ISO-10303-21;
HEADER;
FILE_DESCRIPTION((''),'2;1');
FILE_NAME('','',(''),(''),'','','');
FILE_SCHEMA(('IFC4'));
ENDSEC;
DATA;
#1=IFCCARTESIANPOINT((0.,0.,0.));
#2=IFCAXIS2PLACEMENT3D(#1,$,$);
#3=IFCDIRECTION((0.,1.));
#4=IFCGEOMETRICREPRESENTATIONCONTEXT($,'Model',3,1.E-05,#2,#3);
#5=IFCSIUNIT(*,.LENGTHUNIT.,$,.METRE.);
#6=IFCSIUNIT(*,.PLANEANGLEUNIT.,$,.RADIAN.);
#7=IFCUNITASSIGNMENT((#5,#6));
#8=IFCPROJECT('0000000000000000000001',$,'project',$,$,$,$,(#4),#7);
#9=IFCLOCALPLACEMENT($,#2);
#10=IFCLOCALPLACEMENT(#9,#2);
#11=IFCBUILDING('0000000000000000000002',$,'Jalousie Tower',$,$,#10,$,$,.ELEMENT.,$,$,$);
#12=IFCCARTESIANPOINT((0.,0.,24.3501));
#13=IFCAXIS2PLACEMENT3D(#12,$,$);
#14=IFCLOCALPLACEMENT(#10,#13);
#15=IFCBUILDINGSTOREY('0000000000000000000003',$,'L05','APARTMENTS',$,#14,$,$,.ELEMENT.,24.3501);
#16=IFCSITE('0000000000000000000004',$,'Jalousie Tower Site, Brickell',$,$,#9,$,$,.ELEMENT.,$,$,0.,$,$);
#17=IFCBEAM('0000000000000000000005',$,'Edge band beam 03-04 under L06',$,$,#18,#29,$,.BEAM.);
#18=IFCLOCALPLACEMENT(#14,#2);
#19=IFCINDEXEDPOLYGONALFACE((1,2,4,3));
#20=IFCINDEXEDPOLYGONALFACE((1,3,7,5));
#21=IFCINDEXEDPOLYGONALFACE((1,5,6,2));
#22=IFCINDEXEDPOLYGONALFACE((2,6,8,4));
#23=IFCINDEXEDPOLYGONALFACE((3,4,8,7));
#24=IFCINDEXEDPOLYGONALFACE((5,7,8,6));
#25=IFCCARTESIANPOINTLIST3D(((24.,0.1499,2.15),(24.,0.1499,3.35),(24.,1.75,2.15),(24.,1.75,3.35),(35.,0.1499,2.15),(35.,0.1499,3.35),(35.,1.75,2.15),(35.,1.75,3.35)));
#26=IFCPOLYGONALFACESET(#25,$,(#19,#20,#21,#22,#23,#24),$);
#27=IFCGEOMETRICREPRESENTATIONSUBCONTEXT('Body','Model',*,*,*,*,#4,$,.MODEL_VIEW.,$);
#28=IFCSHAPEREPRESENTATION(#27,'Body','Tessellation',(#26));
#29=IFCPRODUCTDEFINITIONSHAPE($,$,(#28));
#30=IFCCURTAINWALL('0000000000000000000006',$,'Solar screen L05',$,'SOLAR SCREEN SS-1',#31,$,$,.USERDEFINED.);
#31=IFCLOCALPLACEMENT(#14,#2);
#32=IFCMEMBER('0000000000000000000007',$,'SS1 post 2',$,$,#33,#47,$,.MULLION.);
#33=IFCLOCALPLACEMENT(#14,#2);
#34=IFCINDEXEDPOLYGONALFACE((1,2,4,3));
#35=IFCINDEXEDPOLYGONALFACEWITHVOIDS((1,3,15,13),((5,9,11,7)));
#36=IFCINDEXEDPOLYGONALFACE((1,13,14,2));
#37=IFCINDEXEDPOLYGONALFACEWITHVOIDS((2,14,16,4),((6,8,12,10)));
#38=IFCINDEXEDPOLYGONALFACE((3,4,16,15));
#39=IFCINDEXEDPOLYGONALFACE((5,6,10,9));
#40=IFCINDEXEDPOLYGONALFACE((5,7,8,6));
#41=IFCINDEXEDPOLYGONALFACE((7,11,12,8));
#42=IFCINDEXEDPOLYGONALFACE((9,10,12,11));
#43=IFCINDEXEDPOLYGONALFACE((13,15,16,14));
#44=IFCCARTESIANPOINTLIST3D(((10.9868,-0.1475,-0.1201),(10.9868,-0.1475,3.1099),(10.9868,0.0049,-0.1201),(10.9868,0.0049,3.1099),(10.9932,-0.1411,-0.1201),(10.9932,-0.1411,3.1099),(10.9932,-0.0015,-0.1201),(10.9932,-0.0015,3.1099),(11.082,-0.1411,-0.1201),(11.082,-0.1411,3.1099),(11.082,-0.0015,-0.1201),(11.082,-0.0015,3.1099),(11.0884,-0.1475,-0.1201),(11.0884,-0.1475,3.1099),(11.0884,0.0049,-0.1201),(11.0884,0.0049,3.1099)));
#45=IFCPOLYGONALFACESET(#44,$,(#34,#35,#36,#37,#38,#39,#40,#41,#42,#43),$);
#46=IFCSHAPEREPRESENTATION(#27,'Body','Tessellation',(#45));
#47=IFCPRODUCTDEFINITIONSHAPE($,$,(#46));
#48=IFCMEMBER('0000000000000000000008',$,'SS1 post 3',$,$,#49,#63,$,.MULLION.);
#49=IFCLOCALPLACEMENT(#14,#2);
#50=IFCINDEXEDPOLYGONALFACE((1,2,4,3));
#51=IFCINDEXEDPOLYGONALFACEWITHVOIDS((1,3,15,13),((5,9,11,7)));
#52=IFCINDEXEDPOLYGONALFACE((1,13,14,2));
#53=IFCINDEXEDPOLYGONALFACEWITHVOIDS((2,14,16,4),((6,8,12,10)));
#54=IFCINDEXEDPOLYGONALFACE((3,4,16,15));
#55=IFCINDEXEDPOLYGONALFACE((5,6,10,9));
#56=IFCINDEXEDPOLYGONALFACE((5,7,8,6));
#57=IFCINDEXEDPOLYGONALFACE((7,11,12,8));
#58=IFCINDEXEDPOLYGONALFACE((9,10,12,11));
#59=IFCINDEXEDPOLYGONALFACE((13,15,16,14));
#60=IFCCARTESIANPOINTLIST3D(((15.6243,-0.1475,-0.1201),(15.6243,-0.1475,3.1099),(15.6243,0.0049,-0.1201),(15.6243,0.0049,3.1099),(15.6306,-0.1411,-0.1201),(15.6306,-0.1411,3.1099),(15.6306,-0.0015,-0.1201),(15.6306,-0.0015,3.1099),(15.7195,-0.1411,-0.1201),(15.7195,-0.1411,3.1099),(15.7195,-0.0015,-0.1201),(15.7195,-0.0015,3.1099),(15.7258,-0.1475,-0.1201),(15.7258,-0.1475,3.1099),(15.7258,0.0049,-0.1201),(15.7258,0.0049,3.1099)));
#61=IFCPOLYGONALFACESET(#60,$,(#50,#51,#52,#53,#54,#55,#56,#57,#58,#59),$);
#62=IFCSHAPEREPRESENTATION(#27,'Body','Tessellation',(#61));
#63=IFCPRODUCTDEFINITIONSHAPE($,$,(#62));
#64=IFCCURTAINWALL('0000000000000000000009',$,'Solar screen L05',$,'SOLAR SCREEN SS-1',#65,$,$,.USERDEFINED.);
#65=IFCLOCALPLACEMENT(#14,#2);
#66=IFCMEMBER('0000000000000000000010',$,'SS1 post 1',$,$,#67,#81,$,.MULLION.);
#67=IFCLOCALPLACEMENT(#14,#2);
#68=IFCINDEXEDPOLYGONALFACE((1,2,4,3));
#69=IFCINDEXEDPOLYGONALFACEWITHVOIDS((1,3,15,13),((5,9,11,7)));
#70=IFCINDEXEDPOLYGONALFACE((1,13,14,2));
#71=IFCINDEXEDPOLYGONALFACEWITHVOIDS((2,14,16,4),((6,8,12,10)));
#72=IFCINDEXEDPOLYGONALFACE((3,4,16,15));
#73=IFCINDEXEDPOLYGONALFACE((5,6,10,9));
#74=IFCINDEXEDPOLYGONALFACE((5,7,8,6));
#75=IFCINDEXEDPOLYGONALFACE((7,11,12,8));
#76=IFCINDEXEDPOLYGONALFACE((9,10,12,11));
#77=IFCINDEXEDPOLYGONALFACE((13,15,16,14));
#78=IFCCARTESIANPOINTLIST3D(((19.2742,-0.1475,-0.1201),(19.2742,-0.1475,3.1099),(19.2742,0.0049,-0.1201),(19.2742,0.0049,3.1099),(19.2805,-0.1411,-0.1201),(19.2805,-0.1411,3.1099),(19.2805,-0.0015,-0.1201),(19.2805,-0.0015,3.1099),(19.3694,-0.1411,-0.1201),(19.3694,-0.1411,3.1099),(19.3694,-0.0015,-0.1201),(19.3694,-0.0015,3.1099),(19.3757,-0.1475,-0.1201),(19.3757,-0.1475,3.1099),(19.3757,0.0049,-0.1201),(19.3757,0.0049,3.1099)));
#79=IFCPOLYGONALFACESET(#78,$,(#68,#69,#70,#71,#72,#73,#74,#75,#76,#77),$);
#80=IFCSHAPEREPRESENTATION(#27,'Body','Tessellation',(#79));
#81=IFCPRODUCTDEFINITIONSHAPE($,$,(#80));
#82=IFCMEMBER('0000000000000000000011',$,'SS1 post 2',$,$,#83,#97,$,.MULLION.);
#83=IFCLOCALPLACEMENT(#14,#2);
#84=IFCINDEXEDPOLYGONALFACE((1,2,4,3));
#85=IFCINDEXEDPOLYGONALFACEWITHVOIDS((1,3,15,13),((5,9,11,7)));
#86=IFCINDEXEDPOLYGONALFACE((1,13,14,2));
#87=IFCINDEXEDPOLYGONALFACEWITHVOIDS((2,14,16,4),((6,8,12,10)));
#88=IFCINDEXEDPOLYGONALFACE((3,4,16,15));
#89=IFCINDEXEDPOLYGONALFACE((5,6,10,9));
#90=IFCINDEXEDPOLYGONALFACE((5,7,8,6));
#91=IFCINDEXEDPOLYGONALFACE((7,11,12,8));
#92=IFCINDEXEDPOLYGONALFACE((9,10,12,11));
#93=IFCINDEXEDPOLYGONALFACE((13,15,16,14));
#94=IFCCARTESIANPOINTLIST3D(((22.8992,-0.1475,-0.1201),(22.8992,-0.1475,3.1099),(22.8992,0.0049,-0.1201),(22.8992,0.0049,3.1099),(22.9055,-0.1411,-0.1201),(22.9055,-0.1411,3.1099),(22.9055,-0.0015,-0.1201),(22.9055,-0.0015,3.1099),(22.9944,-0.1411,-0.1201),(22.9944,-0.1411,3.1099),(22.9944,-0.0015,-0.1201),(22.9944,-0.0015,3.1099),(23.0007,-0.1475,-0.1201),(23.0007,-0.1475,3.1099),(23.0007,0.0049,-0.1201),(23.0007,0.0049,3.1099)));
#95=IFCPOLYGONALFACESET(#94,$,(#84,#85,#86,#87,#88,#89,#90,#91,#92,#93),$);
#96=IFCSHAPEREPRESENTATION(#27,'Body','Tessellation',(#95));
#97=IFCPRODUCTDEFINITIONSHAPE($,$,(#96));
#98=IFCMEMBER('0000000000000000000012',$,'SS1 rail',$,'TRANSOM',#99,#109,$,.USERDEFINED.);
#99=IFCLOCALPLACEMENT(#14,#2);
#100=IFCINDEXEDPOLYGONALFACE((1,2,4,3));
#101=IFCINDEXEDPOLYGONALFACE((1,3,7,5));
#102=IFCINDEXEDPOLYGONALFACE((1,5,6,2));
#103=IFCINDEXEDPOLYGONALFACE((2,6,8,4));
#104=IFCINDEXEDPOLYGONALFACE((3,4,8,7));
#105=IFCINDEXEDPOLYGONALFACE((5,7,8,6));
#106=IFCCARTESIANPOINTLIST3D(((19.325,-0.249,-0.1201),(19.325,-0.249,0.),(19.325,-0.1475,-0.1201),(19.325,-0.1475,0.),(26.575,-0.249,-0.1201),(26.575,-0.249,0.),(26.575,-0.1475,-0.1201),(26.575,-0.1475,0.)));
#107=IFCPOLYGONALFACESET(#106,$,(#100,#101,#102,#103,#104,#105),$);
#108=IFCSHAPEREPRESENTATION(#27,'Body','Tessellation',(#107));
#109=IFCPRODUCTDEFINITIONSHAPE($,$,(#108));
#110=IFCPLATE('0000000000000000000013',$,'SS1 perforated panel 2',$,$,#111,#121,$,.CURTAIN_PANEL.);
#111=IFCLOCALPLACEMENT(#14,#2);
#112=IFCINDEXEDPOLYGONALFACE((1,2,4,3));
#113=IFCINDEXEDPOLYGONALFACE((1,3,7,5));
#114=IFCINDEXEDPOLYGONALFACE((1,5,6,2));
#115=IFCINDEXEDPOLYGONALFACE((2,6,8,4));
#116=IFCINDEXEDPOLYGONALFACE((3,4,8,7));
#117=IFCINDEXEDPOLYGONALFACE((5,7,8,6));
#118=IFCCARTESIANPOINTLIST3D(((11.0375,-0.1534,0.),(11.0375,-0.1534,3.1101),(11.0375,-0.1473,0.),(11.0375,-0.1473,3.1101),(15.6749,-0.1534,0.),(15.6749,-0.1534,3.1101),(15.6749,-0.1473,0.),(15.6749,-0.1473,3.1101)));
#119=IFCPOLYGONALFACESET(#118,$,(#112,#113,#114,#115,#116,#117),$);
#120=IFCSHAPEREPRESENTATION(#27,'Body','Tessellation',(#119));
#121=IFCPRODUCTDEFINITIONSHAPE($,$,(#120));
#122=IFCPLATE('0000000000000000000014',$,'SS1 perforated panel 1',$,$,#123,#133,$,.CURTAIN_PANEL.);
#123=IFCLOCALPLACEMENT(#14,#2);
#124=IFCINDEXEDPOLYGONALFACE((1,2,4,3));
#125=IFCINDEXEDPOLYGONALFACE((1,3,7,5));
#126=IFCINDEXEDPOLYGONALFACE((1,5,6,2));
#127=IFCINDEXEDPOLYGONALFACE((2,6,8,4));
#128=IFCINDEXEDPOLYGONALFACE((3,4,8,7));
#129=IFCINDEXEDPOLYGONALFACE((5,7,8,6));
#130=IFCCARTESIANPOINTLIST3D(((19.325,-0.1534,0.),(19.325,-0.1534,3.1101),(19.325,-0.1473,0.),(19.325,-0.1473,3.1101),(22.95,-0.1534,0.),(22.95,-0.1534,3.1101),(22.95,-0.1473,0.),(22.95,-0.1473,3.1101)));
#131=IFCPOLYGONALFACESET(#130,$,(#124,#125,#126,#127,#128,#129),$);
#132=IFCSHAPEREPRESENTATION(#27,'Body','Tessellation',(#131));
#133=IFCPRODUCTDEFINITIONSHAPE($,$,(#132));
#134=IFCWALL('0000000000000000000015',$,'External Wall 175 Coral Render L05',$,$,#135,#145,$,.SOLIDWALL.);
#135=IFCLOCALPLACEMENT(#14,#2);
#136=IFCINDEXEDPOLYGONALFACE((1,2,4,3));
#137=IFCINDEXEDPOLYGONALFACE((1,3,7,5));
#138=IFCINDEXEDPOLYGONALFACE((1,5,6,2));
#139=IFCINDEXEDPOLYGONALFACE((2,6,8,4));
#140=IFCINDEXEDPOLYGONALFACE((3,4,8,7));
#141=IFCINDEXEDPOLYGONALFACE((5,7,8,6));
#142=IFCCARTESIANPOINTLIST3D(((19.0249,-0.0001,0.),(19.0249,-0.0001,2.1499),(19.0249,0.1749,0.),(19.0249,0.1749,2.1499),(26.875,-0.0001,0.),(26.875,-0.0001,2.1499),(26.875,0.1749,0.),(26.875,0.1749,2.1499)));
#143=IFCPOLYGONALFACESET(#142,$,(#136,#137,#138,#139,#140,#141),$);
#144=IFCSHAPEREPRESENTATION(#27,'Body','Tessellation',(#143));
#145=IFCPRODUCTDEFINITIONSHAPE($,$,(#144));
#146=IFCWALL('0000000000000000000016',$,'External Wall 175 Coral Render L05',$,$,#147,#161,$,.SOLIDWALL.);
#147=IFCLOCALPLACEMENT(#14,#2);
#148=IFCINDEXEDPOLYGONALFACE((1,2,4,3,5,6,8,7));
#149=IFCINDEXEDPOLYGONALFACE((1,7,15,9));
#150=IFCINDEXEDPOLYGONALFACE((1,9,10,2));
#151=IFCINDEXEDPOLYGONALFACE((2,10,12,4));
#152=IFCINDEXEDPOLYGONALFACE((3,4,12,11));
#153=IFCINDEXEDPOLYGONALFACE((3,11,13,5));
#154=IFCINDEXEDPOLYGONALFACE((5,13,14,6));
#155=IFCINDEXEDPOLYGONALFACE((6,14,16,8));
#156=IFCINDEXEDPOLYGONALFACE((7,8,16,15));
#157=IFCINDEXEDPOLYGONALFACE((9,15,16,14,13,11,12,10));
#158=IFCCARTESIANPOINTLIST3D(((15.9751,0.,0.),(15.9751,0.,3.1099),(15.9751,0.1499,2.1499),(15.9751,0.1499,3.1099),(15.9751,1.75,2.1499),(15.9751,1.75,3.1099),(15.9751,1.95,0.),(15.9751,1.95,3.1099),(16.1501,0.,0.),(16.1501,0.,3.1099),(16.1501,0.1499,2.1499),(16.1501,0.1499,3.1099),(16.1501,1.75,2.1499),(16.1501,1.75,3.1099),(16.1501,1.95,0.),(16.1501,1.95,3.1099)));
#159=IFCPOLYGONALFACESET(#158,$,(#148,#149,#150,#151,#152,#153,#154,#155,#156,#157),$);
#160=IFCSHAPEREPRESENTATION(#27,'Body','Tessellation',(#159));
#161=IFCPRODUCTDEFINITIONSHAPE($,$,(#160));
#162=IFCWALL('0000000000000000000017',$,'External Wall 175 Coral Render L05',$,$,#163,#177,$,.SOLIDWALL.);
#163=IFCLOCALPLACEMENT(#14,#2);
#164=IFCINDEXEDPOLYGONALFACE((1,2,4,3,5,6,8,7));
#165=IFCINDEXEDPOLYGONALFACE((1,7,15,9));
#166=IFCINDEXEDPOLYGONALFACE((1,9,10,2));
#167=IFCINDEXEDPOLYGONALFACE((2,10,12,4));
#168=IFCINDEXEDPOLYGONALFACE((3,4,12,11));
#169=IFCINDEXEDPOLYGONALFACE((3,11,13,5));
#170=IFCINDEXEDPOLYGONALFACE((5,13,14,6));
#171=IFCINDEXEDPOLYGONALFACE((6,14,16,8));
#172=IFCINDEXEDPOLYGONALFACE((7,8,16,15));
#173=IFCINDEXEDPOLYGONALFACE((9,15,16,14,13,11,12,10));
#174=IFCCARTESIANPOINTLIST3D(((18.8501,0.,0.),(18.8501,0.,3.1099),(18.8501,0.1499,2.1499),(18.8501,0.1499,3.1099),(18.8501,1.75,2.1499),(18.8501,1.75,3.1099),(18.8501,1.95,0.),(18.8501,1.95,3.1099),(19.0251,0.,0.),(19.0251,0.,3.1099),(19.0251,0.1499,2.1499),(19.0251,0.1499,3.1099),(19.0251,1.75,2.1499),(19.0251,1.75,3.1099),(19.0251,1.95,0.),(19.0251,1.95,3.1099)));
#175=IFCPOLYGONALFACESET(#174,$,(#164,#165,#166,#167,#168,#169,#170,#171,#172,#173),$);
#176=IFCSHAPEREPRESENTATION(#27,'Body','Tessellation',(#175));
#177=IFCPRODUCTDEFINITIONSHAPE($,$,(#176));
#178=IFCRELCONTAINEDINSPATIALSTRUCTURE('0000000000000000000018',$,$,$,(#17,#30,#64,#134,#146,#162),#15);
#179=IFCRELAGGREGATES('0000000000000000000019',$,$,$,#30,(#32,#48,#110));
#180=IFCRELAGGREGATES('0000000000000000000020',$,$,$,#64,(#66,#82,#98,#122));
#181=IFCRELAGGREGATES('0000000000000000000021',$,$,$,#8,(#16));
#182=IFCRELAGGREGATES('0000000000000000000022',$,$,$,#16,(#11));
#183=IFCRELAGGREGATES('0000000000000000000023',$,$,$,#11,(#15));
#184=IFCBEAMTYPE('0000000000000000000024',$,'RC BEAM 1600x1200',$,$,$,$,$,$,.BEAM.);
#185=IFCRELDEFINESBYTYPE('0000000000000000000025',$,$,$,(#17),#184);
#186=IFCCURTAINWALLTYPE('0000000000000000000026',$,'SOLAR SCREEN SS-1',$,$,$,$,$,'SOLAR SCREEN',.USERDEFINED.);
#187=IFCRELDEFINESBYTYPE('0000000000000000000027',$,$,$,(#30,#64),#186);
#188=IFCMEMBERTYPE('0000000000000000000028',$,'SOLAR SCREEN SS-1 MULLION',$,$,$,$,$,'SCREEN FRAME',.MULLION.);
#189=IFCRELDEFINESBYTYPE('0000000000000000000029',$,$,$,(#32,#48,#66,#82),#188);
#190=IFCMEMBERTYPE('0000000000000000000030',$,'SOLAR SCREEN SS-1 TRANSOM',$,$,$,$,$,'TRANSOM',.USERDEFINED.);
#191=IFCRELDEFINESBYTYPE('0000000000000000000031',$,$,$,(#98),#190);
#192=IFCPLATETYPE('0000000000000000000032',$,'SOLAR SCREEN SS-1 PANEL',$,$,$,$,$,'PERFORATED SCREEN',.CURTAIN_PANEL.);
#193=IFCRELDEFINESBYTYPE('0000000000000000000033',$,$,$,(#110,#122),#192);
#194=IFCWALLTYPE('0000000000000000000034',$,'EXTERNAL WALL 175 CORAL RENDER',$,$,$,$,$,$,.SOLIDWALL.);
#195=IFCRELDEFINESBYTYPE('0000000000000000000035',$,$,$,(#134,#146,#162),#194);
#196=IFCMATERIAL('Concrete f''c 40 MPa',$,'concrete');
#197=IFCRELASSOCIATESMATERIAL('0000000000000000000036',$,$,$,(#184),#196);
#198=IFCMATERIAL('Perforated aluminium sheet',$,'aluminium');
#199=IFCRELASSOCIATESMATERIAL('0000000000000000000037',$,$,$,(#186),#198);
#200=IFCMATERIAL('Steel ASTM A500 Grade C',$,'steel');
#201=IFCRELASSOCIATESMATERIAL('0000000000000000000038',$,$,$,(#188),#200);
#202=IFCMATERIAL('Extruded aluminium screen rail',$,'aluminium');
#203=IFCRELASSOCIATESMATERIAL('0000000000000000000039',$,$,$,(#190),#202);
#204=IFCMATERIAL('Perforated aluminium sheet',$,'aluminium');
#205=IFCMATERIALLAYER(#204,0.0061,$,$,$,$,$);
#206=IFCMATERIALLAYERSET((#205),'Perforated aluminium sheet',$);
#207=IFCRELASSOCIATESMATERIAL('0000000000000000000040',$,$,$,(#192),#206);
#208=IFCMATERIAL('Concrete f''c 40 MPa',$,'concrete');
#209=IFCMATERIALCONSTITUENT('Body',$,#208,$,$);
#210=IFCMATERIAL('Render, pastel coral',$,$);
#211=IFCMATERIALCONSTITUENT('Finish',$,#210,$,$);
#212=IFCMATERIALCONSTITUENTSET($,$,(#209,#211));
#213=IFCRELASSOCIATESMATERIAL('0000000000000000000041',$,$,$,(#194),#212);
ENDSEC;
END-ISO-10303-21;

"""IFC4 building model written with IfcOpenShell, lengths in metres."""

from ifc_helpers import new_model, si_unit, direction, frame, frame_2d, origin, origin_2d, place, context, subcontext, project, spatial, polyline, rectangle, hollow_rectangle, outline, extrude, material, layer, layer_set, constituent, constituent_set, material_profile, profile_set, type_object, element, aggregate, save


model = new_model("IFC4")

# Units and contexts
model_context = context("Model", 3, precision=1e-05, world=origin(), true_north=direction((0.0, 1.0)))
body_context = subcontext(model_context, "Body", "Model", "MODEL_VIEW")
ifc_project = project(units=[si_unit("LENGTHUNIT", "METRE"), si_unit("PLANEANGLEUNIT", "RADIAN")], contexts=[model_context])

# Site, building, storey
site_placement = place(None, origin())
site = spatial("IfcSite", under=ifc_project, at=site_placement, Name="Jalousie Tower Site, Brickell", CompositionType="ELEMENT", RefElevation=0.0)
building_placement = place(site_placement, origin())
building = spatial("IfcBuilding", under=site, at=building_placement, Name="Jalousie Tower", CompositionType="ELEMENT")
storey_placement = place(building_placement, frame((0.0, 0.0, 24.3501)))
storey = spatial("IfcBuildingStorey", under=building, at=storey_placement, Name="L05", Description="APARTMENTS", CompositionType="ELEMENT", Elevation=24.3501)

# Beam
ifc_material_1 = material(Name="Concrete f'c 40 MPa", Category="concrete")
ifc_material_profile_1 = material_profile(ifc_material_1, rectangle(XDim=1.6001, YDim=1.2, at=origin_2d()), Name="RC 1600x1200")
ifc_profile_set_1 = profile_set([ifc_material_profile_1], Name="Concrete f'c 40 MPa")
beam_type_1 = type_object("IfcBeamType", Name="RC BEAM 1600x1200", PredefinedType="BEAM", material=ifc_profile_set_1)
for number, where, z_axis, x_axis, name in (
    (1, (24.0, 0.95, 2.75), (1.0, 0.0, 0.0), (0.0, 1.0, 0.0), "Edge band beam 03-04 under L06"),
):
    element("IfcBeam", number, at=place(storey_placement, frame(where, z_axis=z_axis, x_axis=x_axis)), inside=storey, type_object=beam_type_1, Name=name, PredefinedType="BEAM", context=body_context, shape_type="SweptSolid", body=[
        extrude(rectangle(XDim=1.6001, YDim=1.2, at=origin_2d()), origin(), (0.0, 0.0, 1.0), 11.0),
    ])

# Curtain walls, members
ifc_material_2 = material(Name="Perforated aluminium sheet", Category="aluminium")
curtain_wall_type = type_object("IfcCurtainWallType", Name="SOLAR SCREEN SS-1", ElementType="SOLAR SCREEN", PredefinedType="USERDEFINED", material=ifc_material_2)
curtain_wall_1_placement = place(storey_placement, origin())
curtain_wall_1 = element("IfcCurtainWall", 2, at=curtain_wall_1_placement, inside=storey, type_object=curtain_wall_type, Name="Solar screen L05", ObjectType="SOLAR SCREEN SS-1", PredefinedType="USERDEFINED")
ifc_material_3 = material(Name="Steel ASTM A500 Grade C", Category="steel")
ifc_material_profile_2 = material_profile(ifc_material_3, hollow_rectangle(XDim=0.1016, YDim=0.1523, WallThickness=0.0063, at=origin_2d()), Name="HSS6X4X1/4")
ifc_profile_set_2 = profile_set([ifc_material_profile_2], Name="Steel ASTM A500 Grade C")
member_type_1 = type_object("IfcMemberType", Name="SOLAR SCREEN SS-1 MULLION", ElementType="SCREEN FRAME", PredefinedType="MULLION", material=ifc_profile_set_2)
member_1_placement = place(storey_placement, frame((11.0376, -0.0713, -0.1201), z_axis=(0.0, 0.0, 1.0), x_axis=(1.0, 0.0, 0.0)))
member_1 = element("IfcMember", 3, at=member_1_placement, type_object=member_type_1, Name="SS1 post 2", PredefinedType="MULLION", context=body_context, shape_type="SweptSolid", body=[
    extrude(hollow_rectangle(XDim=0.1016, YDim=0.1523, WallThickness=0.0063, at=origin_2d()), origin(), (0.0, 0.0, 1.0), 3.23),
])
member_2_placement = place(storey_placement, frame((15.675, -0.0713, -0.1201), z_axis=(0.0, 0.0, 1.0), x_axis=(1.0, 0.0, 0.0)))
member_2 = element("IfcMember", 4, at=member_2_placement, type_object=member_type_1, Name="SS1 post 3", PredefinedType="MULLION", context=body_context, shape_type="SweptSolid", body=[
    extrude(hollow_rectangle(XDim=0.1016, YDim=0.1523, WallThickness=0.0063, at=origin_2d()), origin(), (0.0, 0.0, 1.0), 3.23),
])
curtain_wall_2_placement = place(storey_placement, origin())
curtain_wall_2 = element("IfcCurtainWall", 5, at=curtain_wall_2_placement, inside=storey, type_object=curtain_wall_type, Name="Solar screen L05", ObjectType="SOLAR SCREEN SS-1", PredefinedType="USERDEFINED")
member_3_placement = place(storey_placement, frame((19.325, -0.0713, -0.1201), z_axis=(0.0, 0.0, 1.0), x_axis=(1.0, 0.0, 0.0)))
member_3 = element("IfcMember", 6, at=member_3_placement, type_object=member_type_1, Name="SS1 post 1", PredefinedType="MULLION", context=body_context, shape_type="SweptSolid", body=[
    extrude(hollow_rectangle(XDim=0.1016, YDim=0.1523, WallThickness=0.0063, at=origin_2d()), origin(), (0.0, 0.0, 1.0), 3.23),
])
member_4_placement = place(storey_placement, frame((22.95, -0.0713, -0.1201), z_axis=(0.0, 0.0, 1.0), x_axis=(1.0, 0.0, 0.0)))
member_4 = element("IfcMember", 7, at=member_4_placement, type_object=member_type_1, Name="SS1 post 2", PredefinedType="MULLION", context=body_context, shape_type="SweptSolid", body=[
    extrude(hollow_rectangle(XDim=0.1016, YDim=0.1523, WallThickness=0.0063, at=origin_2d()), origin(), (0.0, 0.0, 1.0), 3.23),
])
ifc_material_4 = material(Name="Extruded aluminium screen rail", Category="aluminium")
ifc_material_profile_3 = material_profile(ifc_material_4, rectangle(XDim=0.1016, YDim=0.1201, at=origin_2d()), Name="RAIL 102x120")
ifc_profile_set_3 = profile_set([ifc_material_profile_3], Name="Extruded aluminium screen rail")
member_type_2 = type_object("IfcMemberType", Name="SOLAR SCREEN SS-1 TRANSOM", ElementType="TRANSOM", PredefinedType="USERDEFINED", material=ifc_profile_set_3)
member_5_placement = place(storey_placement, frame((19.325, -0.1982, -0.0601), z_axis=(1.0, 0.0, 0.0), x_axis=(0.0, 1.0, 0.0)))
member_5 = element("IfcMember", 8, at=member_5_placement, type_object=member_type_2, Name="SS1 rail", ObjectType="TRANSOM", PredefinedType="USERDEFINED", context=body_context, shape_type="SweptSolid", body=[
    extrude(rectangle(XDim=0.1016, YDim=0.1201, at=origin_2d()), origin(), (0.0, 0.0, 1.0), 7.25),
])

# Plates
ifc_material_5 = material(Name="Perforated aluminium sheet", Category="aluminium")
ifc_layer_1 = layer(ifc_material_5, 0.0061)
ifc_layer_set_1 = layer_set([ifc_layer_1], Name="Perforated aluminium sheet")
plate_type = type_object("IfcPlateType", Name="SOLAR SCREEN SS-1 PANEL", ElementType="PERFORATED SCREEN", PredefinedType="CURTAIN_PANEL", material=ifc_layer_set_1)
plate_1_placement = place(storey_placement, frame((13.3562, -0.1504, 0.0), z_axis=(0.0, 0.0, 1.0), x_axis=(1.0, 0.0, 0.0)))
plate_1 = element("IfcPlate", 9, at=plate_1_placement, type_object=plate_type, Name="SS1 perforated panel 2", PredefinedType="CURTAIN_PANEL", context=body_context, shape_type="SweptSolid", body=[
    extrude(rectangle(XDim=4.6375, YDim=0.0061, at=origin_2d()), origin(), (0.0, 0.0, 1.0), 3.1101),
])
aggregate(curtain_wall_1, [member_1, member_2, plate_1])
plate_2_placement = place(storey_placement, frame((21.1375, -0.1504, 0.0), z_axis=(0.0, 0.0, 1.0), x_axis=(1.0, 0.0, 0.0)))
plate_2 = element("IfcPlate", 10, at=plate_2_placement, type_object=plate_type, Name="SS1 perforated panel 1", PredefinedType="CURTAIN_PANEL", context=body_context, shape_type="SweptSolid", body=[
    extrude(rectangle(XDim=3.625, YDim=0.0061, at=origin_2d()), origin(), (0.0, 0.0, 1.0), 3.1101),
])
aggregate(curtain_wall_2, [member_3, member_4, member_5, plate_2])

# Walls
ifc_material_6 = material(Name="Concrete f'c 40 MPa", Category="concrete")
ifc_constituent_1 = constituent(ifc_material_6, Name="Body")
ifc_material_7 = material(Name="Render, pastel coral")
ifc_constituent_2 = constituent(ifc_material_7, Name="Finish")
ifc_constituent_set_1 = constituent_set(constituents=[ifc_constituent_1, ifc_constituent_2])
wall_type_1 = type_object("IfcWallType", Name="EXTERNAL WALL 175 CORAL RENDER", PredefinedType="SOLIDWALL", material=ifc_constituent_set_1)
wall_1_placement = place(storey_placement, frame((19.0249, 0.0874, 0.0), z_axis=(0.0, 0.0, 1.0), x_axis=(1.0, 0.0, 0.0)))
element("IfcWall", 11, at=wall_1_placement, inside=storey, type_object=wall_type_1, Name="External Wall 175 Coral Render L05", PredefinedType="SOLIDWALL", context=body_context, shape_type="SweptSolid", body=[
    extrude(rectangle(XDim=7.8501, YDim=0.175, at=frame_2d((3.925, 0.0))), origin(), (0.0, 0.0, 1.0), 2.1499),
])
for number, where, z_axis, x_axis, name in (
    (12, (16.0625, 0.0, 0.0), (0.0, 0.0, 1.0), (0.0, 1.0, 0.0), "External Wall 175 Coral Render L05"),
    (13, (18.9375, 0.0, 0.0), (0.0, 0.0, 1.0), (0.0, 1.0, 0.0), "External Wall 175 Coral Render L05"),
):
    element("IfcWall", number, at=place(storey_placement, frame(where, z_axis=z_axis, x_axis=x_axis)), inside=storey, type_object=wall_type_1, Name=name, PredefinedType="SOLIDWALL", context=body_context, shape_type="SweptSolid", body=[
        extrude(outline(polyline([(0.0, 0.0), (1.95, 0.0), (1.95, 3.1099), (1.75, 3.1099), (1.75, 2.1499), (0.1499, 2.1499), (0.1499, 3.1099), (0.0, 3.1099), (0.0, 0.0)])), frame((0.0, 0.0874, 0.0), z_axis=(0.0, -1.0, 0.0), x_axis=(1.0, 0.0, 0.0)), (0.0, 0.0, 1.0), 0.175),
    ])

save(model, "model.ifc")
